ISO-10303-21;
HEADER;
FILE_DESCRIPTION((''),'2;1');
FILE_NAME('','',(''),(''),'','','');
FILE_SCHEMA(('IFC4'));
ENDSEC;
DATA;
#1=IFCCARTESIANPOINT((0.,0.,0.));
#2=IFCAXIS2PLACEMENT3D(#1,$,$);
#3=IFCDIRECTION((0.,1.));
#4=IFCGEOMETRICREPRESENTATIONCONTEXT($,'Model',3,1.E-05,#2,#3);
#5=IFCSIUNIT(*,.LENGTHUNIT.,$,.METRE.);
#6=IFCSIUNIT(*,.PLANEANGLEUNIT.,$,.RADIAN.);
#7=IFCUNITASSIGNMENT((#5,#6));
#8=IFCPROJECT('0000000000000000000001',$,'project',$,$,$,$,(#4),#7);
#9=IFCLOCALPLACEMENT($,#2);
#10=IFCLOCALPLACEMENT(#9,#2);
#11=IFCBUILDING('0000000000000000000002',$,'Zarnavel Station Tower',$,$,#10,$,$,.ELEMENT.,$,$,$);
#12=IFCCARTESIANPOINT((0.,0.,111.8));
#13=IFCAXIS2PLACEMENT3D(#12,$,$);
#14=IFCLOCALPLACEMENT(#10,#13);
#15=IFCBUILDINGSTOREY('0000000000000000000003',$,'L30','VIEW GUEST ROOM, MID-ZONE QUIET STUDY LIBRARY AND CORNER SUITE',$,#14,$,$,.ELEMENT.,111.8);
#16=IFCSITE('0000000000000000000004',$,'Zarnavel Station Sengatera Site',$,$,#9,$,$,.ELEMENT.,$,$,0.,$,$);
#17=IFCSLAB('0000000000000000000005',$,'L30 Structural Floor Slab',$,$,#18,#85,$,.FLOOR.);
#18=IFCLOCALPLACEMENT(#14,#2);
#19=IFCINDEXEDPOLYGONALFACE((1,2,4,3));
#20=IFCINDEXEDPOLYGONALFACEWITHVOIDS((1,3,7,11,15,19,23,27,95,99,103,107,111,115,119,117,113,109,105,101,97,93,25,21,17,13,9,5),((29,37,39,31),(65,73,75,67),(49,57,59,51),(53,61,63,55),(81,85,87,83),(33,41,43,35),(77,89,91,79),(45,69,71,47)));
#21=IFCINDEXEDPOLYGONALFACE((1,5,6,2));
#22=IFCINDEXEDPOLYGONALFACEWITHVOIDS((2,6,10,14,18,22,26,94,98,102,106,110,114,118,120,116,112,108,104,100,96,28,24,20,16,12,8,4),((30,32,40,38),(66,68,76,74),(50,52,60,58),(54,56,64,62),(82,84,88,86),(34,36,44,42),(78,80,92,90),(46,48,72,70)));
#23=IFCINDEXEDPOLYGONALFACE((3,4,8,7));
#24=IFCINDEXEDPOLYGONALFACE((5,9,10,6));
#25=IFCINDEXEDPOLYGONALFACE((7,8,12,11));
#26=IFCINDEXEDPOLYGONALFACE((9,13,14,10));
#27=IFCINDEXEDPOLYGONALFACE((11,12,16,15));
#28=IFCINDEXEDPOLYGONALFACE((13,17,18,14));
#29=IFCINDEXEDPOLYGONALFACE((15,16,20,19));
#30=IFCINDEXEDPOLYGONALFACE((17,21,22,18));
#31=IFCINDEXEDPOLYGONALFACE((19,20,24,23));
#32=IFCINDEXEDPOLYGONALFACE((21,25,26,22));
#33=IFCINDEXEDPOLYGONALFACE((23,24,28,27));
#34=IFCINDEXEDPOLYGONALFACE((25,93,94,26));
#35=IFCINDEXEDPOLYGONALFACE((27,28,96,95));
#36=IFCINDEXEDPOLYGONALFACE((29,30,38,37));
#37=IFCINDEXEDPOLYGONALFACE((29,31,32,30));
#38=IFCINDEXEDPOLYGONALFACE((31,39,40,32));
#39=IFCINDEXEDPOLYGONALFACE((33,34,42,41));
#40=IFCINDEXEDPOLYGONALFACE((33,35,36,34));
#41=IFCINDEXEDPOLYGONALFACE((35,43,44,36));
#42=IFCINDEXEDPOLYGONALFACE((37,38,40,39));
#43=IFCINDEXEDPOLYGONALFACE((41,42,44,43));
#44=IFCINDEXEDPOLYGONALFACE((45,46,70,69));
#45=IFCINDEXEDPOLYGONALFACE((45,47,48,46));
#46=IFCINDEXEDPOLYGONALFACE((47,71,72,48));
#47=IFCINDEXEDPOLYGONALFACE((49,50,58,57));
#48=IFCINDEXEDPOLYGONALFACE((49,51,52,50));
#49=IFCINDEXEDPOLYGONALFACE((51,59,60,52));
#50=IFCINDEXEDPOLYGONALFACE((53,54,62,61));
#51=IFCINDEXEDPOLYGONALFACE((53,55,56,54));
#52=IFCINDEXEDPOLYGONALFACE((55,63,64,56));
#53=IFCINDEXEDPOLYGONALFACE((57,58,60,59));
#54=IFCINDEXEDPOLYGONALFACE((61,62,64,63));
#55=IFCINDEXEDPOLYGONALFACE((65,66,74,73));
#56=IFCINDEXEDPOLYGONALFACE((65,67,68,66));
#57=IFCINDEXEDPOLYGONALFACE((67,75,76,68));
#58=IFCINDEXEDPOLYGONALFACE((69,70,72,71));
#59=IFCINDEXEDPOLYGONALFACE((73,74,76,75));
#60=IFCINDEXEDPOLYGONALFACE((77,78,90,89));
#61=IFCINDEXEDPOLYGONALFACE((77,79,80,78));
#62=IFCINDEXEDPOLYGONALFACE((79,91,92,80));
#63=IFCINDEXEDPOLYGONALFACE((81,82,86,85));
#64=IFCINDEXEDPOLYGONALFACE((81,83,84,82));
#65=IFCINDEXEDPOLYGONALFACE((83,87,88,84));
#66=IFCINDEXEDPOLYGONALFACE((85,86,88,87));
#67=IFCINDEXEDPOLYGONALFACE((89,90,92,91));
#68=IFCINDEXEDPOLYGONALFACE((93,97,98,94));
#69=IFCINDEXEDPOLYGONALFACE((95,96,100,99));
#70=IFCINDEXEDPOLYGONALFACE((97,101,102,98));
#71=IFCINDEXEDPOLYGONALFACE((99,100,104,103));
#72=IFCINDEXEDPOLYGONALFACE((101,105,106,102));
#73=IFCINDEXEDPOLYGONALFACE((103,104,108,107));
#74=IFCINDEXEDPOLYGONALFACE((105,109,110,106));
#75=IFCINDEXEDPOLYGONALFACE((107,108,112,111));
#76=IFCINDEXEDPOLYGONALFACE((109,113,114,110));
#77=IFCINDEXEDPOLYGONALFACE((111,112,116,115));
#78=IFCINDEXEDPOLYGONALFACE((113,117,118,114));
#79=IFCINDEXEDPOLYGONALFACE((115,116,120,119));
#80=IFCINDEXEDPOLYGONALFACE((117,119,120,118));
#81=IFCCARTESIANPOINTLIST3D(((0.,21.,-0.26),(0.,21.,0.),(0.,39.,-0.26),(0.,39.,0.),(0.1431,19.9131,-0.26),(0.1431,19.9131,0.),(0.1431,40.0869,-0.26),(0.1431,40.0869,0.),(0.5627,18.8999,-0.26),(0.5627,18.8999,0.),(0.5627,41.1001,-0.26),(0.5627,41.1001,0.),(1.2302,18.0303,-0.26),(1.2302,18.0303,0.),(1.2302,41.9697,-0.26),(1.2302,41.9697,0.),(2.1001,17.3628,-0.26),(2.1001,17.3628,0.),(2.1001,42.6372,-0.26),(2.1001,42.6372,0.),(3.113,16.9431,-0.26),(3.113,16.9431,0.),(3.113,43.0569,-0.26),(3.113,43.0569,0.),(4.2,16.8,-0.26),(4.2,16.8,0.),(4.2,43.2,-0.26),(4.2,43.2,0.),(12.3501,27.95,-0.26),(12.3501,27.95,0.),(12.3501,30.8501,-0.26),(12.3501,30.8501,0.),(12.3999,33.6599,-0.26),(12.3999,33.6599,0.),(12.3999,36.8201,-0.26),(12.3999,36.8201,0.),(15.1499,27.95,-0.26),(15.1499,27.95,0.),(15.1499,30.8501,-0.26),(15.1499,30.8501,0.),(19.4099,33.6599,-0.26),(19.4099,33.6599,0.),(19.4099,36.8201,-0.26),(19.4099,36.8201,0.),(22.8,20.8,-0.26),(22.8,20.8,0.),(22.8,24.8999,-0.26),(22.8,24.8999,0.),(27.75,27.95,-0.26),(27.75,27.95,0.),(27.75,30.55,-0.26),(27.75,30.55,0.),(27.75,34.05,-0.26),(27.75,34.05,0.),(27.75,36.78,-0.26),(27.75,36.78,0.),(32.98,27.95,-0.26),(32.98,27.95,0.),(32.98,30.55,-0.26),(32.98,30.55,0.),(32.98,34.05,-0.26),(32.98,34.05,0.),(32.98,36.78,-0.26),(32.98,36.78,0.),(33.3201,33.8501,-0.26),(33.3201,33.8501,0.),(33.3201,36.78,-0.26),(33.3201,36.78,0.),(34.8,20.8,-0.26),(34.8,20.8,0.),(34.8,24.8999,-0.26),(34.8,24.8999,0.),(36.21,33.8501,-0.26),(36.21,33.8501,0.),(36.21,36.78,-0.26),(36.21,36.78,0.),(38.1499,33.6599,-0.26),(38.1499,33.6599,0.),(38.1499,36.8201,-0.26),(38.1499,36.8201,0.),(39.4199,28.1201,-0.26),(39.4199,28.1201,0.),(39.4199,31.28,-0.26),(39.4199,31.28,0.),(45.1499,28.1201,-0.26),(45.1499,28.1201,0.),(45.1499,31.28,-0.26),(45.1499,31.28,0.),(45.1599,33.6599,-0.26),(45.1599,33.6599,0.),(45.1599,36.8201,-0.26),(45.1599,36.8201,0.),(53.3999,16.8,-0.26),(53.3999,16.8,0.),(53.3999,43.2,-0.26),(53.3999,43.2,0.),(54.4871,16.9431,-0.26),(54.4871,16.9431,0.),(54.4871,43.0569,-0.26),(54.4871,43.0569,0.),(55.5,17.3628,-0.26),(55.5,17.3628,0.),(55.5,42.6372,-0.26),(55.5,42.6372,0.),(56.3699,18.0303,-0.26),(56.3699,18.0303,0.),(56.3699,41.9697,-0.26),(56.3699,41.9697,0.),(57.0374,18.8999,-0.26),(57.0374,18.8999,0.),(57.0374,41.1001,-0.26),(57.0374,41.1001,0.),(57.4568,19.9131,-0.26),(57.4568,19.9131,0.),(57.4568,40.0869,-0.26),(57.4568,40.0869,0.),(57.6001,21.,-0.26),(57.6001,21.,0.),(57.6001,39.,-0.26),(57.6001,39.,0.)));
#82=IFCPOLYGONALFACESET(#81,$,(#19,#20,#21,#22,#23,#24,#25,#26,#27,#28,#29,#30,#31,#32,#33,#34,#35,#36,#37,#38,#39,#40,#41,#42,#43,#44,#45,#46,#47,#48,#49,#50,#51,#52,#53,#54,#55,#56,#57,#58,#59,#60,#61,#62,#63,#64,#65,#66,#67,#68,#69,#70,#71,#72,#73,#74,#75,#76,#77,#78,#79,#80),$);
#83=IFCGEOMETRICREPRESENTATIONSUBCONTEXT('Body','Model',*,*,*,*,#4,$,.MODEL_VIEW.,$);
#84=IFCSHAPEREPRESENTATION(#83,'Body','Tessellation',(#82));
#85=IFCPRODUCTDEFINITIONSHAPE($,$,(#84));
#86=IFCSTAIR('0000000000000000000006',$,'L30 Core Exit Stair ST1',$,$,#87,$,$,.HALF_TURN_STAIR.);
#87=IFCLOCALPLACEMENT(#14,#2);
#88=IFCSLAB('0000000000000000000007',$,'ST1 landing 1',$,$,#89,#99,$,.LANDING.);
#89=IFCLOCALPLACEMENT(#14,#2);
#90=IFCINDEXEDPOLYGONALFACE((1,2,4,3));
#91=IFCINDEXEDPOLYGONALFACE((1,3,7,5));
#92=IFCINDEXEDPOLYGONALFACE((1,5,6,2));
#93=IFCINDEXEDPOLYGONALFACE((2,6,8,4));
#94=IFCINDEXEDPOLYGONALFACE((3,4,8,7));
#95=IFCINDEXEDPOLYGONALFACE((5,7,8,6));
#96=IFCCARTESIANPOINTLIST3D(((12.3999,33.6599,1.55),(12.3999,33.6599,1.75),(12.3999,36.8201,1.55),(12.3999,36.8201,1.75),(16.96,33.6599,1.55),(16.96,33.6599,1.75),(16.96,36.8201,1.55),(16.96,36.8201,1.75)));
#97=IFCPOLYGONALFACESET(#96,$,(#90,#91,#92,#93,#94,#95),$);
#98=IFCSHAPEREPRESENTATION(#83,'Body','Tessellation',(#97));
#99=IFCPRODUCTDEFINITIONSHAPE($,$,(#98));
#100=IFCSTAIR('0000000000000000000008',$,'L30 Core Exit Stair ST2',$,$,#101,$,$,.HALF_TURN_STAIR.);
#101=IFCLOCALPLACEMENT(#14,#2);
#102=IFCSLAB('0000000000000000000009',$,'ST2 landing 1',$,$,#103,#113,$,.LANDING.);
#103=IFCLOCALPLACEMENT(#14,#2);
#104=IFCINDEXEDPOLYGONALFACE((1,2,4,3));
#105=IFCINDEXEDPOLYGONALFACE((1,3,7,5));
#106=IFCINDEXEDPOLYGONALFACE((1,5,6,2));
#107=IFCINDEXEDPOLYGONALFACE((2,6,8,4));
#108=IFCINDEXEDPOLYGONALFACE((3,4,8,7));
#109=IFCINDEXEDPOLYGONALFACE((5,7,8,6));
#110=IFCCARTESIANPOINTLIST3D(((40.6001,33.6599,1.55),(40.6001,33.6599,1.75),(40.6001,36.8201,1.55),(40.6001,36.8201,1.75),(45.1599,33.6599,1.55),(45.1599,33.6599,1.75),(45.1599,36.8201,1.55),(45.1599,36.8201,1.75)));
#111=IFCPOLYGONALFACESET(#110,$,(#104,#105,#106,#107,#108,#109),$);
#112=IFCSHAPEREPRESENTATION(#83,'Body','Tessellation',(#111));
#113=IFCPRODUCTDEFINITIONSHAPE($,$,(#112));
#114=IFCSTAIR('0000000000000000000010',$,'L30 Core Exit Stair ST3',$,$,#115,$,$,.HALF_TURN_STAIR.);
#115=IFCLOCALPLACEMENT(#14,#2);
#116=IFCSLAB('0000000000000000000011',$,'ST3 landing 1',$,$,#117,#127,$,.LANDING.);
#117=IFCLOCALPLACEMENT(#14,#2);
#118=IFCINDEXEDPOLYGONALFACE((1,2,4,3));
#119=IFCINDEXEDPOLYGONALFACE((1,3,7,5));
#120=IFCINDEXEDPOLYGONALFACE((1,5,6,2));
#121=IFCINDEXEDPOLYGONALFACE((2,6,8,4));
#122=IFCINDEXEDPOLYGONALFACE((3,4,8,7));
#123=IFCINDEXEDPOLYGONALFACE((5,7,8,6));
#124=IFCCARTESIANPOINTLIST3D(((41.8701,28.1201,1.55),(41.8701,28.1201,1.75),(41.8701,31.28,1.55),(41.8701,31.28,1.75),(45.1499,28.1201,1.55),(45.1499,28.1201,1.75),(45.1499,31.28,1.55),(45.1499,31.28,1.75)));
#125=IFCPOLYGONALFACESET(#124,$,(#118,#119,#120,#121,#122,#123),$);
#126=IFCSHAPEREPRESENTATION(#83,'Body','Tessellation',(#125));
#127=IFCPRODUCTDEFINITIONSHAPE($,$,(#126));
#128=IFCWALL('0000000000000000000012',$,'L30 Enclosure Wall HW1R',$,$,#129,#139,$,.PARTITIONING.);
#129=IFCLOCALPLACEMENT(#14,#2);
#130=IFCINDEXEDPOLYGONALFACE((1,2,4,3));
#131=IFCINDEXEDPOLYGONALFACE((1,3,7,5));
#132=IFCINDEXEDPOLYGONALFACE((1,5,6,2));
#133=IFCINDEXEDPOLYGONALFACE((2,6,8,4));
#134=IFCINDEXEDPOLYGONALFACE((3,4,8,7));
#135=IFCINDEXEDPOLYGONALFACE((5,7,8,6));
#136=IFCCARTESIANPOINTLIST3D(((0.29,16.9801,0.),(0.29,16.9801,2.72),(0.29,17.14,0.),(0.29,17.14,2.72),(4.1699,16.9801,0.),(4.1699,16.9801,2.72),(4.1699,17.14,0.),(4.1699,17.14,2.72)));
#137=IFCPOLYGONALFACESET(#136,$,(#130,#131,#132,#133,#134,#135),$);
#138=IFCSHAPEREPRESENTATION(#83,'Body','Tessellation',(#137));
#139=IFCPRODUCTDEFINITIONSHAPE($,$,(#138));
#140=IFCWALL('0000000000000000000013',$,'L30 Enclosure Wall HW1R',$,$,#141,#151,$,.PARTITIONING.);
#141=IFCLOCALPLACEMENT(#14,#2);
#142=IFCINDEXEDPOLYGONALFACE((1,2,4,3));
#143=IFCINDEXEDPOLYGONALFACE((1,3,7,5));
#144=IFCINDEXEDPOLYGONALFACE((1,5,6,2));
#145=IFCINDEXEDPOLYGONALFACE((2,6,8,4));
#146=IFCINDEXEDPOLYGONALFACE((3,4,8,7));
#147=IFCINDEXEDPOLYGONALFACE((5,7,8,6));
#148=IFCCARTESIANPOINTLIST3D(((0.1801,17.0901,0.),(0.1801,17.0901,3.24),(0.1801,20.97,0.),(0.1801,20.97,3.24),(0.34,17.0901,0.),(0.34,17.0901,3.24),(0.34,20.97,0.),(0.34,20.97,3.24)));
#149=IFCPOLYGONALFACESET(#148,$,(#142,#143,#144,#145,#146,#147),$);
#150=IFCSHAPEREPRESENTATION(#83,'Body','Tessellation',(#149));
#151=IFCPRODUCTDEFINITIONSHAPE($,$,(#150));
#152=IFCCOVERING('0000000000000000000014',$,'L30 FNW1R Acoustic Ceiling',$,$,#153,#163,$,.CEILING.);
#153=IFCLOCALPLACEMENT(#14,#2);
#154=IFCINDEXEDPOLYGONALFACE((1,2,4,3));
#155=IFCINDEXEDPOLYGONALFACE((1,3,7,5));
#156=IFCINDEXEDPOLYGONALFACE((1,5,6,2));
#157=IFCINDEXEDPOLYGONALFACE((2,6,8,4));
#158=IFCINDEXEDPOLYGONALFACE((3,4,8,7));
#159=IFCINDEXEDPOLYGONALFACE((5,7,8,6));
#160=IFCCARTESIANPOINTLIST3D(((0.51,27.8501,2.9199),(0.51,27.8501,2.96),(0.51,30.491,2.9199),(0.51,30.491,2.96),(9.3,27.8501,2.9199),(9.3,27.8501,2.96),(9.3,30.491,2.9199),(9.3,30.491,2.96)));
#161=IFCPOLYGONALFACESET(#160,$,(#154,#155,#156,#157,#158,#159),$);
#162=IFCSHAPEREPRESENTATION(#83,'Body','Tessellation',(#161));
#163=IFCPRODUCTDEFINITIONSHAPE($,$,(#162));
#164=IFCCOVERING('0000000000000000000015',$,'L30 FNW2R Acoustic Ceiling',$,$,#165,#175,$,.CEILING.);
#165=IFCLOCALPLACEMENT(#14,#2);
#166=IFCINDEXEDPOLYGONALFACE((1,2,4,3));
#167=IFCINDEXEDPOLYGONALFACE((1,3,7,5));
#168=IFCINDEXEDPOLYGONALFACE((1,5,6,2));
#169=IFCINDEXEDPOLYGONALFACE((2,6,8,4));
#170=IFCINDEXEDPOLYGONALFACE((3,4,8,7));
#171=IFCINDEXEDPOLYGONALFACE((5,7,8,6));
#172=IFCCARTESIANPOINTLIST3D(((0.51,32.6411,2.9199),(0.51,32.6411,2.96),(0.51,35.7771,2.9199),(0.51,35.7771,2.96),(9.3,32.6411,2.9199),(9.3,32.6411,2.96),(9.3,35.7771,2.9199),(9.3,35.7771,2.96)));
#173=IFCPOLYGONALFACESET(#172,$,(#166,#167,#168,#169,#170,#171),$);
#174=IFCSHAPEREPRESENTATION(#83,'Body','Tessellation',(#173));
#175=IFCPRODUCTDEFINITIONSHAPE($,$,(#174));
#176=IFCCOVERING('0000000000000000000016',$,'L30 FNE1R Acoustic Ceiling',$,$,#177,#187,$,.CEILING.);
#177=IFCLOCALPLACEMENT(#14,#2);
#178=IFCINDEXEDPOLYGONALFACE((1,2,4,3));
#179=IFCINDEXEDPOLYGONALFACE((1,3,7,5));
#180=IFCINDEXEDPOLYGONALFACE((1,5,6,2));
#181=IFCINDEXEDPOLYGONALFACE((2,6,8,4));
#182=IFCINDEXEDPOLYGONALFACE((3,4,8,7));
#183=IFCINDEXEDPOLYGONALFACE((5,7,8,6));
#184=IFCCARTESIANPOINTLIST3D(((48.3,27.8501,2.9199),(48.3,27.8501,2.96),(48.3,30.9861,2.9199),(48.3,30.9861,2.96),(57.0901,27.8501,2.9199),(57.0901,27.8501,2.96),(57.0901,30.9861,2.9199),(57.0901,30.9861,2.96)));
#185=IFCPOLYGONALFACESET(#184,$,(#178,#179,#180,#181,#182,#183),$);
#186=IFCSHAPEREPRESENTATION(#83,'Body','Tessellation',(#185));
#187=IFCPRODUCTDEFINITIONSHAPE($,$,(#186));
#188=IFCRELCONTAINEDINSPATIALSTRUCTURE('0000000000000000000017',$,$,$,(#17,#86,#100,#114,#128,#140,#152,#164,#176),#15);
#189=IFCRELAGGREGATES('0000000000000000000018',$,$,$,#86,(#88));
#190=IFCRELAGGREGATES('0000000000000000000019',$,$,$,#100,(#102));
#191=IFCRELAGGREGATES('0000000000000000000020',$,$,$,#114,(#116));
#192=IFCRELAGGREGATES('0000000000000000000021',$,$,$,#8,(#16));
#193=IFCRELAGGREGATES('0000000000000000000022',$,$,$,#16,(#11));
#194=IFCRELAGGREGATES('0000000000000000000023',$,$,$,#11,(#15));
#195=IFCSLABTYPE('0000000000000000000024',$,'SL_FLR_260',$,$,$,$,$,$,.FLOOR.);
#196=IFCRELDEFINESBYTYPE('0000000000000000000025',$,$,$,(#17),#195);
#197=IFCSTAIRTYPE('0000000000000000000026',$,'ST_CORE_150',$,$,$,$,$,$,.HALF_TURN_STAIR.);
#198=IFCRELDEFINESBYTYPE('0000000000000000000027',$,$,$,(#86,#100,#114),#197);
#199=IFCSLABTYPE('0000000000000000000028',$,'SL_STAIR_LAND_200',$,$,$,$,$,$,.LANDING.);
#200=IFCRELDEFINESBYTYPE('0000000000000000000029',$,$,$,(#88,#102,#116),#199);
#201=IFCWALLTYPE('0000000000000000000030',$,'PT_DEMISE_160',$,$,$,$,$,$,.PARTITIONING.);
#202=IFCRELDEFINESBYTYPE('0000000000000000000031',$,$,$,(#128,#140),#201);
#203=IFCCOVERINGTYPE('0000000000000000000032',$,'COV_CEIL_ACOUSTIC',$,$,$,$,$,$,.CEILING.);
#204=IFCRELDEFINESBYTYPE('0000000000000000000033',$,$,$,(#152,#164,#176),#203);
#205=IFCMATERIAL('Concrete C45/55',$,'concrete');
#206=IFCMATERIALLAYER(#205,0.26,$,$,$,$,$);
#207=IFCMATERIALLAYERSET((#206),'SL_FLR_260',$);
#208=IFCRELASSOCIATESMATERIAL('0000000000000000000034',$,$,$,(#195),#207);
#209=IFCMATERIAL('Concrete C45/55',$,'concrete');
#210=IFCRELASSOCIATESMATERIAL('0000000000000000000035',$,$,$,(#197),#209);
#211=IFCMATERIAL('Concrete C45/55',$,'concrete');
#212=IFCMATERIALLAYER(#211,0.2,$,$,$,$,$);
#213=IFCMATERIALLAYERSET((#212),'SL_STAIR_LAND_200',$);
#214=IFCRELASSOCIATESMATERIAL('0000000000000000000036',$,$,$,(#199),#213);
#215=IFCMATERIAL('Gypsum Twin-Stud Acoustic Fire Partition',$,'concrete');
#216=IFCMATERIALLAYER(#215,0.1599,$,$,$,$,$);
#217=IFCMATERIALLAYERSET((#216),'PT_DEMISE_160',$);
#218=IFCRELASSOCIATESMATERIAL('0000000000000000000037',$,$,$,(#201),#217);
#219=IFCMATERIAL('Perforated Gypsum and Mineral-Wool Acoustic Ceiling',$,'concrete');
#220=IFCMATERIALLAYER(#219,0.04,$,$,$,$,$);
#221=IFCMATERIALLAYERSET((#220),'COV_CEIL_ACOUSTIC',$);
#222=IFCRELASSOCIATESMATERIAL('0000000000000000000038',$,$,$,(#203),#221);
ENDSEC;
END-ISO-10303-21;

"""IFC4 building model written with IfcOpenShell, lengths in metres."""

from ifc_helpers import new_model, si_unit, direction, frame, frame_2d, origin, place, context, subcontext, project, spatial, polyline, rectangle, outline, extrude, material, layer, layer_set, type_object, element, aggregate, save


model = new_model("IFC4")

# Units and contexts
model_context = context("Model", 3, precision=1e-05, world=origin(), true_north=direction((0.0, 1.0)))
body_context = subcontext(model_context, "Body", "Model", "MODEL_VIEW")
ifc_project = project(units=[si_unit("LENGTHUNIT", "METRE"), si_unit("PLANEANGLEUNIT", "RADIAN")], contexts=[model_context])

# Site, building, storey
site_placement = place(None, origin())
site = spatial("IfcSite", under=ifc_project, at=site_placement, Name="Zarnavel Station Sengatera Site", CompositionType="ELEMENT", RefElevation=0.0)
building_placement = place(site_placement, origin())
building = spatial("IfcBuilding", under=site, at=building_placement, Name="Zarnavel Station Tower", CompositionType="ELEMENT")
storey_placement = place(building_placement, frame((0.0, 0.0, 111.8)))
storey = spatial("IfcBuildingStorey", under=building, at=storey_placement, Name="L30", Description="VIEW GUEST ROOM, MID-ZONE QUIET STUDY LIBRARY AND CORNER SUITE", CompositionType="ELEMENT", Elevation=111.8)

# Slab
ifc_material_1 = material(Name="Concrete C45/55", Category="concrete")
ifc_layer_1 = layer(ifc_material_1, 0.26)
ifc_layer_set_1 = layer_set([ifc_layer_1], Name="SL_FLR_260")
slab_type_1 = type_object("IfcSlabType", Name="SL_FLR_260", PredefinedType="FLOOR", material=ifc_layer_set_1)
slab_1_placement = place(storey_placement, frame((0.0, 0.0, -0.26)))
element("IfcSlab", 1, at=slab_1_placement, inside=storey, type_object=slab_type_1, Name="L30 Structural Floor Slab", PredefinedType="FLOOR", context=body_context, shape_type="SweptSolid", body=[
    extrude(outline(polyline([(53.3999, 16.8), (54.4871, 16.9431), (55.5, 17.3628), (56.3699, 18.0303), (57.0374, 18.8999), (57.4568, 19.9131), (57.6001, 21.0), (57.6001, 39.0), (57.4568, 40.0869), (57.0374, 41.1001), (56.3699, 41.9697), (55.5, 42.6372), (54.4871, 43.0569), (53.3999, 43.2), (4.2, 43.2), (3.113, 43.0569), (2.1001, 42.6372), (1.2302, 41.9697), (0.5627, 41.1001), (0.1431, 40.0869), (0.0, 39.0), (0.0, 21.0), (0.1431, 19.9131), (0.5627, 18.8999), (1.2302, 18.0303), (2.1001, 17.3628), (3.113, 16.9431), (4.2, 16.8), (53.3999, 16.8)]), holes=[polyline([(12.3999, 33.6599), (19.4099, 33.6599), (19.4099, 36.8201), (12.3999, 36.8201), (12.3999, 33.6599)]), polyline([(38.1499, 33.6599), (45.1599, 33.6599), (45.1599, 36.8201), (38.1499, 36.8201), (38.1499, 33.6599)]), polyline([(39.4199, 28.1201), (45.1499, 28.1201), (45.1499, 31.28), (39.4199, 31.28), (39.4199, 28.1201)]), polyline([(12.3501, 27.95), (15.1499, 27.95), (15.1499, 30.8501), (12.3501, 30.8501), (12.3501, 27.95)]), polyline([(33.3201, 33.8501), (36.21, 33.8501), (36.21, 36.78), (33.3201, 36.78), (33.3201, 33.8501)]), polyline([(27.75, 34.05), (32.98, 34.05), (32.98, 36.78), (27.75, 36.78), (27.75, 34.05)]), polyline([(27.75, 27.95), (32.98, 27.95), (32.98, 30.55), (27.75, 30.55), (27.75, 27.95)]), polyline([(22.8, 20.8), (34.8, 20.8), (34.8, 24.8999), (22.8, 24.8999), (22.8, 20.8)])]), origin(), (0.0, 0.0, 1.0), 0.26),
])

# Stairs, slabs
ifc_material_2 = material(Name="Concrete C45/55", Category="concrete")
stair_type = type_object("IfcStairType", Name="ST_CORE_150", PredefinedType="HALF_TURN_STAIR", material=ifc_material_2)
stair_1_placement = place(storey_placement, origin())
stair_1 = element("IfcStair", 2, at=stair_1_placement, inside=storey, type_object=stair_type, Name="L30 Core Exit Stair ST1", PredefinedType="HALF_TURN_STAIR")
ifc_material_3 = material(Name="Concrete C45/55", Category="concrete")
ifc_layer_2 = layer(ifc_material_3, 0.2)
ifc_layer_set_2 = layer_set([ifc_layer_2], Name="SL_STAIR_LAND_200")
slab_type_2 = type_object("IfcSlabType", Name="SL_STAIR_LAND_200", PredefinedType="LANDING", material=ifc_layer_set_2)
slab_2_placement = place(storey_placement, frame((0.0, 0.0, 1.55)))
slab_2 = element("IfcSlab", 3, at=slab_2_placement, type_object=slab_type_2, Name="ST1 landing 1", PredefinedType="LANDING", context=body_context, shape_type="SweptSolid", body=[
    extrude(outline(polyline([(16.96, 36.8201), (12.3999, 36.8201), (12.3999, 33.6599), (16.96, 33.6599), (16.96, 36.8201)])), origin(), (0.0, 0.0, 1.0), 0.2),
])
aggregate(stair_1, [slab_2])
stair_2_placement = place(storey_placement, origin())
stair_2 = element("IfcStair", 4, at=stair_2_placement, inside=storey, type_object=stair_type, Name="L30 Core Exit Stair ST2", PredefinedType="HALF_TURN_STAIR")
slab_3_placement = place(storey_placement, frame((0.0, 0.0, 1.55)))
slab_3 = element("IfcSlab", 5, at=slab_3_placement, type_object=slab_type_2, Name="ST2 landing 1", PredefinedType="LANDING", context=body_context, shape_type="SweptSolid", body=[
    extrude(outline(polyline([(40.6001, 33.6599), (45.1599, 33.6599), (45.1599, 36.8201), (40.6001, 36.8201), (40.6001, 33.6599)])), origin(), (0.0, 0.0, 1.0), 0.2),
])
aggregate(stair_2, [slab_3])
stair_3_placement = place(storey_placement, origin())
stair_3 = element("IfcStair", 6, at=stair_3_placement, inside=storey, type_object=stair_type, Name="L30 Core Exit Stair ST3", PredefinedType="HALF_TURN_STAIR")
slab_4_placement = place(storey_placement, frame((0.0, 0.0, 1.55)))
slab_4 = element("IfcSlab", 7, at=slab_4_placement, type_object=slab_type_2, Name="ST3 landing 1", PredefinedType="LANDING", context=body_context, shape_type="SweptSolid", body=[
    extrude(outline(polyline([(41.8701, 28.1201), (45.1499, 28.1201), (45.1499, 31.28), (41.8701, 31.28), (41.8701, 28.1201)])), origin(), (0.0, 0.0, 1.0), 0.2),
])
aggregate(stair_3, [slab_4])

# Walls
ifc_material_4 = material(Name="Gypsum Twin-Stud Acoustic Fire Partition", Category="concrete")
ifc_layer_3 = layer(ifc_material_4, 0.1599)
ifc_layer_set_3 = layer_set([ifc_layer_3], Name="PT_DEMISE_160")
wall_type = type_object("IfcWallType", Name="PT_DEMISE_160", PredefinedType="PARTITIONING", material=ifc_layer_set_3)
wall_1_placement = place(storey_placement, frame((0.29, 17.0601, 0.0), z_axis=(0.0, 0.0, 1.0), x_axis=(1.0, 0.0, 0.0)))
element("IfcWall", 8, at=wall_1_placement, inside=storey, type_object=wall_type, Name="L30 Enclosure Wall HW1R", PredefinedType="PARTITIONING", context=body_context, shape_type="SweptSolid", body=[
    extrude(rectangle(XDim=3.8799, YDim=0.1599, at=frame_2d((1.9399, 0.0))), origin(), (0.0, 0.0, 1.0), 2.72),
])
wall_2_placement = place(storey_placement, frame((0.26, 17.0901, 0.0), z_axis=(0.0, 0.0, 1.0), x_axis=(0.0, 1.0, 0.0)))
element("IfcWall", 9, at=wall_2_placement, inside=storey, type_object=wall_type, Name="L30 Enclosure Wall HW1R", PredefinedType="PARTITIONING", context=body_context, shape_type="SweptSolid", body=[
    extrude(rectangle(XDim=3.8799, YDim=0.1599, at=frame_2d((1.9399, 0.0))), origin(), (0.0, 0.0, 1.0), 3.24),
])

# Coverings
ifc_material_5 = material(Name="Perforated Gypsum and Mineral-Wool Acoustic Ceiling", Category="concrete")
ifc_layer_4 = layer(ifc_material_5, 0.04)
ifc_layer_set_4 = layer_set([ifc_layer_4], Name="COV_CEIL_ACOUSTIC")
covering_type_1 = type_object("IfcCoveringType", Name="COV_CEIL_ACOUSTIC", PredefinedType="CEILING", material=ifc_layer_set_4)
covering_1_placement = place(storey_placement, frame((0.0, 0.0, 2.9199)))
element("IfcCovering", 10, at=covering_1_placement, inside=storey, type_object=covering_type_1, Name="L30 FNW1R Acoustic Ceiling", PredefinedType="CEILING", context=body_context, shape_type="SweptSolid", body=[
    extrude(outline(polyline([(0.51, 27.8501), (9.3, 27.8501), (9.3, 30.491), (0.51, 30.491), (0.51, 27.8501)])), origin(), (0.0, 0.0, 1.0), 0.04),
])
covering_2_placement = place(storey_placement, frame((0.0, 0.0, 2.9199)))
element("IfcCovering", 11, at=covering_2_placement, inside=storey, type_object=covering_type_1, Name="L30 FNW2R Acoustic Ceiling", PredefinedType="CEILING", context=body_context, shape_type="SweptSolid", body=[
    extrude(outline(polyline([(0.51, 32.6411), (9.3, 32.6411), (9.3, 35.7771), (0.51, 35.7771), (0.51, 32.6411)])), origin(), (0.0, 0.0, 1.0), 0.04),
])
covering_3_placement = place(storey_placement, frame((0.0, 0.0, 2.9199)))
element("IfcCovering", 12, at=covering_3_placement, inside=storey, type_object=covering_type_1, Name="L30 FNE1R Acoustic Ceiling", PredefinedType="CEILING", context=body_context, shape_type="SweptSolid", body=[
    extrude(outline(polyline([(48.3, 27.8501), (57.0901, 27.8501), (57.0901, 30.9861), (48.3, 30.9861), (48.3, 27.8501)])), origin(), (0.0, 0.0, 1.0), 0.04),
])

save(model, "model.ifc")
